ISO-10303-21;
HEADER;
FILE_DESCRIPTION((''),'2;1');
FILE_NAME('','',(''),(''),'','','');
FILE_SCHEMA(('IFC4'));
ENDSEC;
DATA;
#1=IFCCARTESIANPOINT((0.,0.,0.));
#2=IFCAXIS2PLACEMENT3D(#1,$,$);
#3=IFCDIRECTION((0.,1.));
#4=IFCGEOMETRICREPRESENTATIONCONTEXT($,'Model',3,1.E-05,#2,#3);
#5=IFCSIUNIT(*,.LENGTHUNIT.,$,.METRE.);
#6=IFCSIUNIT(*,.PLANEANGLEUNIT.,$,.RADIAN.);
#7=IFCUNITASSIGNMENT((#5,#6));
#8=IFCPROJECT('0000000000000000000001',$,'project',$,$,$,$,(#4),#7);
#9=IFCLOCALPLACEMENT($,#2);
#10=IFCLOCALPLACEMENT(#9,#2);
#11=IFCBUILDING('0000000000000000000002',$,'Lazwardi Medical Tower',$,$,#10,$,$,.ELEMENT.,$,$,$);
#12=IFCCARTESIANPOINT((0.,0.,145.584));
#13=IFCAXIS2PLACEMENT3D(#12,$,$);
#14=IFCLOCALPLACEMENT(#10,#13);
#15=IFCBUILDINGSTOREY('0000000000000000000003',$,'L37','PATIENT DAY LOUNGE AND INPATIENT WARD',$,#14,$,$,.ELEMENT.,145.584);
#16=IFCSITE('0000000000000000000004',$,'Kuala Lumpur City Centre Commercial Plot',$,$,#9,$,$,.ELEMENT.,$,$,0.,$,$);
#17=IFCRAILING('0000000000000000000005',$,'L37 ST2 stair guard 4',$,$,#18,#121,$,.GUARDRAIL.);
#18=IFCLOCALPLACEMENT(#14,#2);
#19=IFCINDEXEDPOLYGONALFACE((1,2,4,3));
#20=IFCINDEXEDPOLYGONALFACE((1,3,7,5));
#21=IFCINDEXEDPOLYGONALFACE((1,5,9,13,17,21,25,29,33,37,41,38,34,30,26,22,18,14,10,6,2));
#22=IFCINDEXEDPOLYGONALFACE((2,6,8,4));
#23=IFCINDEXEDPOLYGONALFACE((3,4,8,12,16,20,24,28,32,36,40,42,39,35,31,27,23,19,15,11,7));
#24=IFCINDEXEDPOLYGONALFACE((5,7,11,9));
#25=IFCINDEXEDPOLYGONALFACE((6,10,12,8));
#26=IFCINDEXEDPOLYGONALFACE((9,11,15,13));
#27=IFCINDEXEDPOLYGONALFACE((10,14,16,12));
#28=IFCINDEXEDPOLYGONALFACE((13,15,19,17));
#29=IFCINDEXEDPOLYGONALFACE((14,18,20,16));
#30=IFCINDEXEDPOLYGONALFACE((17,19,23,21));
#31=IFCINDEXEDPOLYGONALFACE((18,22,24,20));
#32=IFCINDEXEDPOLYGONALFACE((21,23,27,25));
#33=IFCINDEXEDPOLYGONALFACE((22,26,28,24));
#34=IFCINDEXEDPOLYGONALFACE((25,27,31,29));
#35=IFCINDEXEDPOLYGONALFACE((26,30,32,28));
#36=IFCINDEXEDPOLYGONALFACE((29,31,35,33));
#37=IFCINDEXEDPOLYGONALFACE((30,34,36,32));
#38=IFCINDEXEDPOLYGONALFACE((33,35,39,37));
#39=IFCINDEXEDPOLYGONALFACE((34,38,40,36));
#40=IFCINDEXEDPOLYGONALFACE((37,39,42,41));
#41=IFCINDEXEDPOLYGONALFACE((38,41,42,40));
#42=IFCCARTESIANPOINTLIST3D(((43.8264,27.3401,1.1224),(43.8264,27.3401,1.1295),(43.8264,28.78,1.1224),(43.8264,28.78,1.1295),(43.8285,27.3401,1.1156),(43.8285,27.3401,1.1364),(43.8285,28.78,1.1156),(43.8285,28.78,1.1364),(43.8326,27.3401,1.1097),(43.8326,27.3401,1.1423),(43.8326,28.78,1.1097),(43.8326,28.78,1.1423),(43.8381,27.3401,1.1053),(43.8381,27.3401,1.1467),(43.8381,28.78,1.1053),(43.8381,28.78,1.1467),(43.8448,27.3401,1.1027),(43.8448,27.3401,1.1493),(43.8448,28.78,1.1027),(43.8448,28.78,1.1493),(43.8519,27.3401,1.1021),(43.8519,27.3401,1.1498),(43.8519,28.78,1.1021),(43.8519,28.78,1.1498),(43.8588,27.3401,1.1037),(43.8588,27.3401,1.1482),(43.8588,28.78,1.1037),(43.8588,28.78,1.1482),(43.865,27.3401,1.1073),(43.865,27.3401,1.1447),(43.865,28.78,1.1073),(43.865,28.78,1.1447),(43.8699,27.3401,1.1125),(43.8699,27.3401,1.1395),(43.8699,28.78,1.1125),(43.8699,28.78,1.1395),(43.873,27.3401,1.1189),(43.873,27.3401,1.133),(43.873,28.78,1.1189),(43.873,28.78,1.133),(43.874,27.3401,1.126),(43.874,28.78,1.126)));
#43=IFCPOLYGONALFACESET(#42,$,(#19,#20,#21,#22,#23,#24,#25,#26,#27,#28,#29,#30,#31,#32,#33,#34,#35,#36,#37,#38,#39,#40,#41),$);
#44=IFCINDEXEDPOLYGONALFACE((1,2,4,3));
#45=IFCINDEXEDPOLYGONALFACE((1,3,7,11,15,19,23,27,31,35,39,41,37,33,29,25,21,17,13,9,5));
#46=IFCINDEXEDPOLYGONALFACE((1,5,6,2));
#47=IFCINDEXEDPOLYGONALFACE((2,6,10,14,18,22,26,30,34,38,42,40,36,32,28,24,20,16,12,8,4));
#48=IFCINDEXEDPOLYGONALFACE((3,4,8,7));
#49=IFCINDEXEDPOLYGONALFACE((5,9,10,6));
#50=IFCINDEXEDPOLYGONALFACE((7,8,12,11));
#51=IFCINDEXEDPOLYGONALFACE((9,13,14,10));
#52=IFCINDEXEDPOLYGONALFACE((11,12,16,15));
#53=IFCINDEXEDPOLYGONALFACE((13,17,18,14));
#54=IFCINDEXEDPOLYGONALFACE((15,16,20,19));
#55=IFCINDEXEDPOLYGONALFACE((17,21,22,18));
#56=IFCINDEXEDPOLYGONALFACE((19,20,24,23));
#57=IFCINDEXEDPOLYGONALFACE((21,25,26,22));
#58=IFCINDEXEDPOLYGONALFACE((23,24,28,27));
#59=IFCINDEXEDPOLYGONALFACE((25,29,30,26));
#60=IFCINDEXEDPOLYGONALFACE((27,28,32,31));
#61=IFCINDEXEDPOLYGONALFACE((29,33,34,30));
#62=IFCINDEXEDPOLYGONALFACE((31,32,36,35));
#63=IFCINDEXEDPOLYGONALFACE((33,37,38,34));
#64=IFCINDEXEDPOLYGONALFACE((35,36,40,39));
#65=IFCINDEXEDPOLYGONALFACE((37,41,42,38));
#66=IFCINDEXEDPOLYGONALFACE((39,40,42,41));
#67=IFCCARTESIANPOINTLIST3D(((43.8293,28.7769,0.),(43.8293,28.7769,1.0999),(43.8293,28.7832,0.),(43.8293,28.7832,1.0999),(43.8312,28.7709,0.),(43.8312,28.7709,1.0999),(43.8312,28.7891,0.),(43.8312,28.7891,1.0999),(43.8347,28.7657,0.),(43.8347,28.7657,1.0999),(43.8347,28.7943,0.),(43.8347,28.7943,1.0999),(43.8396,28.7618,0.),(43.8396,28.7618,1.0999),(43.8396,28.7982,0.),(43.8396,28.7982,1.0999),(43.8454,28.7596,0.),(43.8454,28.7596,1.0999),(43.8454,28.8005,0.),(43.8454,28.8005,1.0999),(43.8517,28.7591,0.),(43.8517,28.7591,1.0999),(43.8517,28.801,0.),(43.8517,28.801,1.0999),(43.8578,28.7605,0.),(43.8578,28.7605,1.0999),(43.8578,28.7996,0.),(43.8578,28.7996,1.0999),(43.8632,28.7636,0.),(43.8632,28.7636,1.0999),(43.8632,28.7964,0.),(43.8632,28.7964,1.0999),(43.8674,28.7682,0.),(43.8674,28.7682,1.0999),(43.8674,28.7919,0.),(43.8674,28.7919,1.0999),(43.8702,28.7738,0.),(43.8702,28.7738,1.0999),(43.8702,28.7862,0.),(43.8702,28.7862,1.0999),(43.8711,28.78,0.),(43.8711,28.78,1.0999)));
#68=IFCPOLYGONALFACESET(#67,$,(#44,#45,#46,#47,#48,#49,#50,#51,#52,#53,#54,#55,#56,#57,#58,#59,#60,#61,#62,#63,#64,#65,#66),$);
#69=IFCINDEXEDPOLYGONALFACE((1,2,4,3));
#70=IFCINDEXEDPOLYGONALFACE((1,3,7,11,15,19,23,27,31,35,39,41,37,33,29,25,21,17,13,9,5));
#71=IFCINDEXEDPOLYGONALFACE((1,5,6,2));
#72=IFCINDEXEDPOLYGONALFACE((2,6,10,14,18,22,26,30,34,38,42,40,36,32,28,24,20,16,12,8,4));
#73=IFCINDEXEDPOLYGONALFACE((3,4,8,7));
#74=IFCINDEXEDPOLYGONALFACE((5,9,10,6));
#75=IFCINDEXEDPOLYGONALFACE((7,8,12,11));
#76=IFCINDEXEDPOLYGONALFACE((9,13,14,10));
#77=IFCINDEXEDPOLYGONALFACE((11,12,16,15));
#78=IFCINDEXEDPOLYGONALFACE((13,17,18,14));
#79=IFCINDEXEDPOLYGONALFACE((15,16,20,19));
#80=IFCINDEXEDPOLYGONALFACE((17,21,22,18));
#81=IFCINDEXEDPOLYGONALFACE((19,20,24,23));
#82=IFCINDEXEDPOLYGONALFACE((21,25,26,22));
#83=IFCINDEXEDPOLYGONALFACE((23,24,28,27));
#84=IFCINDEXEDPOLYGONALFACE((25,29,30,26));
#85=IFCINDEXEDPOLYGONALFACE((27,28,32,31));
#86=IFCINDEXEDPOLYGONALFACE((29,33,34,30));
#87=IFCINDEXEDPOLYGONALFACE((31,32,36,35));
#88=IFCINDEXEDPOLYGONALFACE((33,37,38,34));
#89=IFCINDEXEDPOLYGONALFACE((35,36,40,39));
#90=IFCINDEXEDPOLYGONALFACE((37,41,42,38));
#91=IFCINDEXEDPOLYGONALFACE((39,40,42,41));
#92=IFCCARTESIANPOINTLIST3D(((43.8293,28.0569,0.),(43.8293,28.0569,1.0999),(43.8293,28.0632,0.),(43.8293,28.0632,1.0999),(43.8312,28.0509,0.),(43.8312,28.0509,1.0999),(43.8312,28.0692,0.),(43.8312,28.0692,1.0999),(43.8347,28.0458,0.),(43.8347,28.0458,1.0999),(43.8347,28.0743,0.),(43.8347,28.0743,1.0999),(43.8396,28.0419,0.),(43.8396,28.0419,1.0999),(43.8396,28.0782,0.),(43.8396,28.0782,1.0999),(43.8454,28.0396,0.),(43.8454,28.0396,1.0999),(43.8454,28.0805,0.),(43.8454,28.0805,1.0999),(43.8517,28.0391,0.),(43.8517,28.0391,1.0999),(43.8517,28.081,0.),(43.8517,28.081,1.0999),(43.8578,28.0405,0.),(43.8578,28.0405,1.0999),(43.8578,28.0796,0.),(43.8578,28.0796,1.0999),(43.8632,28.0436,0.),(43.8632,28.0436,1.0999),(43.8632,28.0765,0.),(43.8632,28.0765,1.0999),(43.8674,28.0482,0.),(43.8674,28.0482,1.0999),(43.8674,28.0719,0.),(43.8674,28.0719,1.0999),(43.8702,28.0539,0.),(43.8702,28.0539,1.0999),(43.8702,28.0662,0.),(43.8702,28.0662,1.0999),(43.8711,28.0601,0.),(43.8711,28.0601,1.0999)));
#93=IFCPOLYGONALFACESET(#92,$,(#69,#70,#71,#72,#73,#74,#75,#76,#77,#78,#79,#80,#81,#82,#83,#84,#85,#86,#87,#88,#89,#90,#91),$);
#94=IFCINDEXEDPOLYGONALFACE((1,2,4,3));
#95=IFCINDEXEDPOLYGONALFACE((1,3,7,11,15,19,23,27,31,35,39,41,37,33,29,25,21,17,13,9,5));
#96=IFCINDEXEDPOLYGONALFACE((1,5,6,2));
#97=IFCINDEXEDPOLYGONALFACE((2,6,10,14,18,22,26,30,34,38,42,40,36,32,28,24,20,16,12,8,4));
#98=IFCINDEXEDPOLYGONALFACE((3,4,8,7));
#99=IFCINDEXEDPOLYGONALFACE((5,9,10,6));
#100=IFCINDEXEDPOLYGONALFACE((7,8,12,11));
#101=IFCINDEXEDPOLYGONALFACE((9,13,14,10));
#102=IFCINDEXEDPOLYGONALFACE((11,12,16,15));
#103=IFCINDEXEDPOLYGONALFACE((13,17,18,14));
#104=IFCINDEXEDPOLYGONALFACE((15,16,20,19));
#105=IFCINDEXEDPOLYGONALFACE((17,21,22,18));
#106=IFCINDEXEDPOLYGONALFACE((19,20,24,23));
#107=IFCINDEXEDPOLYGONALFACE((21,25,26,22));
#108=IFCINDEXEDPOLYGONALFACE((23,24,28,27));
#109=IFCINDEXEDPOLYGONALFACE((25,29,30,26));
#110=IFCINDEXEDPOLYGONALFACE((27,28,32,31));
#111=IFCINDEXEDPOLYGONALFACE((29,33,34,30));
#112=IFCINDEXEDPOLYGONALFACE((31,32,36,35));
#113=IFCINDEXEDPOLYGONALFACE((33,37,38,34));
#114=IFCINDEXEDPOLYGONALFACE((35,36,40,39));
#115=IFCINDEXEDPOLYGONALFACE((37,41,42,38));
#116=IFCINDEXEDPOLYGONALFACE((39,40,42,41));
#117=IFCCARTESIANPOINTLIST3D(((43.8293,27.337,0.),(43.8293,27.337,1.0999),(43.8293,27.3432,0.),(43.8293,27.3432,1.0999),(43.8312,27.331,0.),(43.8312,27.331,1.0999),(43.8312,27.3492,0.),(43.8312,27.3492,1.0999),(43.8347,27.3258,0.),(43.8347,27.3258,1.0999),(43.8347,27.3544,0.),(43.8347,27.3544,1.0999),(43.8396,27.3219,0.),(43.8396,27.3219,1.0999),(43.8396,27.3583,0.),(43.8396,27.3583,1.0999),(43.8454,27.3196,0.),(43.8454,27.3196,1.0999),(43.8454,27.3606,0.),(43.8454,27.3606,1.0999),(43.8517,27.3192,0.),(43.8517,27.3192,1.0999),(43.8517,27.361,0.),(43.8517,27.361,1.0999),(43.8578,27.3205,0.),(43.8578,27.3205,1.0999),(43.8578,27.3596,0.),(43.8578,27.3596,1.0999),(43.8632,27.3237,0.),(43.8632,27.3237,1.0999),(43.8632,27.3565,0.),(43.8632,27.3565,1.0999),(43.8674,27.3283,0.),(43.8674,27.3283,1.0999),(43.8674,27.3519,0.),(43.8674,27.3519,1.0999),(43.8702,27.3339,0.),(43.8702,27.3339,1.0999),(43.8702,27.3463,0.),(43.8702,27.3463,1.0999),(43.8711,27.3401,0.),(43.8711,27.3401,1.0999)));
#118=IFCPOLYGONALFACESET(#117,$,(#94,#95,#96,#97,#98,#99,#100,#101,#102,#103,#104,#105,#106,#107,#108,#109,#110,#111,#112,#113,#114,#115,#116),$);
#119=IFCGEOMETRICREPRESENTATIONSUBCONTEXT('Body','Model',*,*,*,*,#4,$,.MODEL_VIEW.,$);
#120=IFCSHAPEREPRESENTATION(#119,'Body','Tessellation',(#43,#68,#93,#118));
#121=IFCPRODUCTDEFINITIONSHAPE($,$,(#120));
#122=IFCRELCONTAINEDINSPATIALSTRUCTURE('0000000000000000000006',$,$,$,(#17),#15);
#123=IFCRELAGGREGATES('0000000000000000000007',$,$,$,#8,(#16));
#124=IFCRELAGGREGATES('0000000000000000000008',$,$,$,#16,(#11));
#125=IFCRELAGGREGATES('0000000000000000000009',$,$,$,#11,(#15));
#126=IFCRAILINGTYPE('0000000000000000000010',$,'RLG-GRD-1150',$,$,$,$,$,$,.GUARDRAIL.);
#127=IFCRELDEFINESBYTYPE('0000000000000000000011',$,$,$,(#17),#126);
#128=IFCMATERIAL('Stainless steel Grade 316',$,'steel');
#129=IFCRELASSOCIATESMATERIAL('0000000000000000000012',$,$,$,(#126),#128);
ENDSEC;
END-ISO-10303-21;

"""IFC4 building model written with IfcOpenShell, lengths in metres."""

from ifc_helpers import new_model, si_unit, direction, frame, origin, origin_2d, place, context, subcontext, project, spatial, circle, extrude, material, type_object, element, save


model = new_model("IFC4")

# Units and contexts
model_context = context("Model", 3, precision=1e-05, world=origin(), true_north=direction((0.0, 1.0)))
body_context = subcontext(model_context, "Body", "Model", "MODEL_VIEW")
ifc_project = project(units=[si_unit("LENGTHUNIT", "METRE"), si_unit("PLANEANGLEUNIT", "RADIAN")], contexts=[model_context])

# Site, building, storey
site_placement = place(None, origin())
site = spatial("IfcSite", under=ifc_project, at=site_placement, Name="Kuala Lumpur City Centre Commercial Plot", CompositionType="ELEMENT", RefElevation=0.0)
building_placement = place(site_placement, origin())
building = spatial("IfcBuilding", under=site, at=building_placement, Name="Lazwardi Medical Tower", CompositionType="ELEMENT")
storey_placement = place(building_placement, frame((0.0, 0.0, 145.584)))
storey = spatial("IfcBuildingStorey", under=building, at=storey_placement, Name="L37", Description="PATIENT DAY LOUNGE AND INPATIENT WARD", CompositionType="ELEMENT", Elevation=145.584)

# Railing
ifc_material_1 = material(Name="Stainless steel Grade 316", Category="steel")
railing_type_1 = type_object("IfcRailingType", Name="RLG-GRD-1150", PredefinedType="GUARDRAIL", material=ifc_material_1)
railing_1_placement = place(storey_placement, frame((43.8501, 28.78, 0.0)))
element("IfcRailing", 1, at=railing_1_placement, inside=storey, type_object=railing_type_1, Name="L37 ST2 stair guard 4", PredefinedType="GUARDRAIL", context=body_context, shape_type="SweptSolid", body=[
    extrude(circle(Radius=0.0239, at=origin_2d()), frame((0.0, 0.0, 1.126), z_axis=(0.0, -1.0, 0.0), x_axis=(1.0, 0.0, 0.0)), (0.0, 0.0, 1.0), 1.4399),
    extrude(circle(Radius=0.021, at=origin_2d()), origin(), (0.0, 0.0, 1.0), 1.0999),
    extrude(circle(Radius=0.021, at=origin_2d()), frame((0.0, -0.72, 0.0)), (0.0, 0.0, 1.0), 1.0999),
    extrude(circle(Radius=0.021, at=origin_2d()), frame((0.0, -1.4399, 0.0)), (0.0, 0.0, 1.0), 1.0999),
])

save(model, "model.ifc")
